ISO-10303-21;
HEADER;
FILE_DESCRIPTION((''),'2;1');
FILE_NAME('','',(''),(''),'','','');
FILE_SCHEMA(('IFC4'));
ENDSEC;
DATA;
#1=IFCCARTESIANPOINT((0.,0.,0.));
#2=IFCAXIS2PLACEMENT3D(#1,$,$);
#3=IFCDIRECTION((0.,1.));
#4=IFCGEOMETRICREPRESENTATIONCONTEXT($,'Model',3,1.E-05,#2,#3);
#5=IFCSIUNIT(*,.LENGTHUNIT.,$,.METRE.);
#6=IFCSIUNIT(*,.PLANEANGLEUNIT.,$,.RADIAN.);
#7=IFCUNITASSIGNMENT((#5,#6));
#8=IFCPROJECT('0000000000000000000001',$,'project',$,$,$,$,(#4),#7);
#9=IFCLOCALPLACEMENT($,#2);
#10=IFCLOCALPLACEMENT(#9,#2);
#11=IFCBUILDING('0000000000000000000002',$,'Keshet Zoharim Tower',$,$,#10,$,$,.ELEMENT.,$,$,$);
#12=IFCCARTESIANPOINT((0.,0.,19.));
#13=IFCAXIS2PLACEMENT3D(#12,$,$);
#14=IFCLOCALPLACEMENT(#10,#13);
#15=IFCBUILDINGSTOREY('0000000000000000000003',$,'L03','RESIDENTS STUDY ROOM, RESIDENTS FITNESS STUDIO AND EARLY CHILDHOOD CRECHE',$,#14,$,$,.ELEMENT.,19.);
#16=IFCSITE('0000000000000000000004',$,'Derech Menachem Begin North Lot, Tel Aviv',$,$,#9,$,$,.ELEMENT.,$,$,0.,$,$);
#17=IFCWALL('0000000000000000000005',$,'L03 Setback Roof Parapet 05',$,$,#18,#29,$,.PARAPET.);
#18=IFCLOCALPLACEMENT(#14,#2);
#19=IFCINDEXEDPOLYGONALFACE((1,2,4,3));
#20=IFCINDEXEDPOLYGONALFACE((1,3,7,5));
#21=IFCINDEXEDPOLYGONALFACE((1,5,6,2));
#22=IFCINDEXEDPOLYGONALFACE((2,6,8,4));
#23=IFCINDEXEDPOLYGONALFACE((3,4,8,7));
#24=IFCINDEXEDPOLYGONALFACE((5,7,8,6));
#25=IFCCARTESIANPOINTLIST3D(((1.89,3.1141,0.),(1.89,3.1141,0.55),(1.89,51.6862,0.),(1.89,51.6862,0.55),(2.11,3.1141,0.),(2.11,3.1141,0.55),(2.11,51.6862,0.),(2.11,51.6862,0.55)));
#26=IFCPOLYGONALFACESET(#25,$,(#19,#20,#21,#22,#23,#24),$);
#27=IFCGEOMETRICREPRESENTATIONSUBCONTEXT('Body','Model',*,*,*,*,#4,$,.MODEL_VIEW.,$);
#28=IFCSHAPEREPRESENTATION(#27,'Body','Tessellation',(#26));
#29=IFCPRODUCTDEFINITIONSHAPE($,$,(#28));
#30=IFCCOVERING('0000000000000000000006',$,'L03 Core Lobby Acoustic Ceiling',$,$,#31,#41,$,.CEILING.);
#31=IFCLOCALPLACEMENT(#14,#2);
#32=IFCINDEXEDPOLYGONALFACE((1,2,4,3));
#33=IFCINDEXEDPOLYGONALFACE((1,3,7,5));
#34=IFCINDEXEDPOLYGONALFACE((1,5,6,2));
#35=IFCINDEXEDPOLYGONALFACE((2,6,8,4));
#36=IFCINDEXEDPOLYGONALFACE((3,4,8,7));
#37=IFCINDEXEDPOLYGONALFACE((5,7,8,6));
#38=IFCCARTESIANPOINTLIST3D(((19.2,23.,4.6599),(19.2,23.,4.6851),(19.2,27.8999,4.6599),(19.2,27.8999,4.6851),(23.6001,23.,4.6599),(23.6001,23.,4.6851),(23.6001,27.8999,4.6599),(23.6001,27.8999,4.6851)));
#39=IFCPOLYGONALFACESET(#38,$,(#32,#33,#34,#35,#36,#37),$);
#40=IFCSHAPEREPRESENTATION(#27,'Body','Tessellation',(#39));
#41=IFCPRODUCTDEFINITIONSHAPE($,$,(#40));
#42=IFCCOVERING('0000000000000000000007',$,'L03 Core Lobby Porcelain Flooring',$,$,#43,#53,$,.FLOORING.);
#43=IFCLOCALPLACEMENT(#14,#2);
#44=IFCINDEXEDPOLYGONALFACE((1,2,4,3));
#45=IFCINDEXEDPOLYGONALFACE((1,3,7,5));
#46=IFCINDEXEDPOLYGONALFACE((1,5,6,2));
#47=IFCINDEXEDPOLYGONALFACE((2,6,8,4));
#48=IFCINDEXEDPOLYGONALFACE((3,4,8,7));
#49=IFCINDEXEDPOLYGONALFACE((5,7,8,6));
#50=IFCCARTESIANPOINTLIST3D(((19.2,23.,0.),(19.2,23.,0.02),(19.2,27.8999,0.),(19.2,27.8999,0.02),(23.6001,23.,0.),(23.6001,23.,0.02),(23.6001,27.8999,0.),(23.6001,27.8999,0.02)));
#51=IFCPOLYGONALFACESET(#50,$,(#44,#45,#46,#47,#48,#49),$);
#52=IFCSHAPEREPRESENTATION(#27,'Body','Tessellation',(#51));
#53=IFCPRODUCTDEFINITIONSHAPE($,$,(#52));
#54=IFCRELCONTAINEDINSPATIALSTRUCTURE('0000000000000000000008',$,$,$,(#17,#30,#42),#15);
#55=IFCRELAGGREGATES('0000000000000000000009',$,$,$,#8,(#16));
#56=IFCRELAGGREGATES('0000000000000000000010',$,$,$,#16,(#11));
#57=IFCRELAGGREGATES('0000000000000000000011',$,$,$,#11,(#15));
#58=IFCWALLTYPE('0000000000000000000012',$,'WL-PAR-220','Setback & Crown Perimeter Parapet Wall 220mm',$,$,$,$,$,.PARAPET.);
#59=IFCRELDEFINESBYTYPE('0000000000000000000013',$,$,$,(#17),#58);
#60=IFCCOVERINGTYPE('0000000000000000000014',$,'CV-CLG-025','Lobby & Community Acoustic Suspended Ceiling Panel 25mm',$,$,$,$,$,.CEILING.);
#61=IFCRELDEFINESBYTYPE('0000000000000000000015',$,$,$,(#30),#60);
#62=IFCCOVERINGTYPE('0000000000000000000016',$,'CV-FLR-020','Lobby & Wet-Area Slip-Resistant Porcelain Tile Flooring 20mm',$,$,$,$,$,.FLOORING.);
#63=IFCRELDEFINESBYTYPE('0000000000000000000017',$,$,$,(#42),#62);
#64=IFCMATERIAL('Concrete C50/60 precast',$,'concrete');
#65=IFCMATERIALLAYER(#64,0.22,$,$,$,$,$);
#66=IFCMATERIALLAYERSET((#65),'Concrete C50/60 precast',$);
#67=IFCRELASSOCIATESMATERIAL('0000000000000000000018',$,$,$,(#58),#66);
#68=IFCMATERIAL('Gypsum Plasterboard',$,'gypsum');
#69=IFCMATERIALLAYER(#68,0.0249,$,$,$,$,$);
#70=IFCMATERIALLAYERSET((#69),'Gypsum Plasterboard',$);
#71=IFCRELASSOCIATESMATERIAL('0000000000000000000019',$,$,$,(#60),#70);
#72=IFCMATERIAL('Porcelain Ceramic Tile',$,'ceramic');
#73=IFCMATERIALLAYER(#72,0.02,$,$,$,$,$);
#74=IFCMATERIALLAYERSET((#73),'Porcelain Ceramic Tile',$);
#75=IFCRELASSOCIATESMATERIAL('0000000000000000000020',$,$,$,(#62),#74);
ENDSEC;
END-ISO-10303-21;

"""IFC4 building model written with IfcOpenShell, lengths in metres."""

from ifc_helpers import new_model, si_unit, direction, frame, frame_2d, origin, place, context, subcontext, project, spatial, polyline, rectangle, outline, extrude, material, layer, layer_set, type_object, element, save


model = new_model("IFC4")

# Units and contexts
model_context = context("Model", 3, precision=1e-05, world=origin(), true_north=direction((0.0, 1.0)))
body_context = subcontext(model_context, "Body", "Model", "MODEL_VIEW")
ifc_project = project(units=[si_unit("LENGTHUNIT", "METRE"), si_unit("PLANEANGLEUNIT", "RADIAN")], contexts=[model_context])

# Site, building, storey
site_placement = place(None, origin())
site = spatial("IfcSite", under=ifc_project, at=site_placement, Name="Derech Menachem Begin North Lot, Tel Aviv", CompositionType="ELEMENT", RefElevation=0.0)
building_placement = place(site_placement, origin())
building = spatial("IfcBuilding", under=site, at=building_placement, Name="Keshet Zoharim Tower", CompositionType="ELEMENT")
storey_placement = place(building_placement, frame((0.0, 0.0, 19.0)))
storey = spatial("IfcBuildingStorey", under=building, at=storey_placement, Name="L03", Description="RESIDENTS STUDY ROOM, RESIDENTS FITNESS STUDIO AND EARLY CHILDHOOD CRECHE", CompositionType="ELEMENT", Elevation=19.0)

# Wall
ifc_material_1 = material(Name="Concrete C50/60 precast", Category="concrete")
ifc_layer_1 = layer(ifc_material_1, 0.22)
ifc_layer_set_1 = layer_set([ifc_layer_1], Name="Concrete C50/60 precast")
wall_type = type_object("IfcWallType", Name="WL-PAR-220", Description="Setback & Crown Perimeter Parapet Wall 220mm", PredefinedType="PARAPET", material=ifc_layer_set_1)
wall_placement = place(storey_placement, frame((2.0, 3.114, 0.0), z_axis=(0.0, 0.0, 1.0), x_axis=(0.0, 1.0, 0.0)))
element("IfcWall", 1, at=wall_placement, inside=storey, type_object=wall_type, Name="L03 Setback Roof Parapet 05", PredefinedType="PARAPET", context=body_context, shape_type="SweptSolid", body=[
    extrude(rectangle(XDim=48.572, YDim=0.22, at=frame_2d((24.2861, 0.0))), origin(), (0.0, 0.0, 1.0), 0.55),
])

# Coverings
ifc_material_2 = material(Name="Gypsum Plasterboard", Category="gypsum")
ifc_layer_2 = layer(ifc_material_2, 0.0249)
ifc_layer_set_2 = layer_set([ifc_layer_2], Name="Gypsum Plasterboard")
covering_type_1 = type_object("IfcCoveringType", Name="CV-CLG-025", Description="Lobby & Community Acoustic Suspended Ceiling Panel 25mm", PredefinedType="CEILING", material=ifc_layer_set_2)
covering_1_placement = place(storey_placement, frame((0.0, 0.0, 4.6599)))
element("IfcCovering", 2, at=covering_1_placement, inside=storey, type_object=covering_type_1, Name="L03 Core Lobby Acoustic Ceiling", PredefinedType="CEILING", context=body_context, shape_type="SweptSolid", body=[
    extrude(outline(polyline([(19.2, 23.0), (23.6001, 23.0), (23.6001, 27.8999), (19.2, 27.8999), (19.2, 23.0)])), origin(), (0.0, 0.0, 1.0), 0.0251),
])
ifc_material_3 = material(Name="Porcelain Ceramic Tile", Category="ceramic")
ifc_layer_3 = layer(ifc_material_3, 0.02)
ifc_layer_set_3 = layer_set([ifc_layer_3], Name="Porcelain Ceramic Tile")
covering_type_2 = type_object("IfcCoveringType", Name="CV-FLR-020", Description="Lobby & Wet-Area Slip-Resistant Porcelain Tile Flooring 20mm", PredefinedType="FLOORING", material=ifc_layer_set_3)
covering_2_placement = place(storey_placement, origin())
element("IfcCovering", 3, at=covering_2_placement, inside=storey, type_object=covering_type_2, Name="L03 Core Lobby Porcelain Flooring", PredefinedType="FLOORING", context=body_context, shape_type="SweptSolid", body=[
    extrude(outline(polyline([(19.2, 23.0), (23.6001, 23.0), (23.6001, 27.8999), (19.2, 27.8999), (19.2, 23.0)])), origin(), (0.0, 0.0, 1.0), 0.02),
])

save(model, "model.ifc")
